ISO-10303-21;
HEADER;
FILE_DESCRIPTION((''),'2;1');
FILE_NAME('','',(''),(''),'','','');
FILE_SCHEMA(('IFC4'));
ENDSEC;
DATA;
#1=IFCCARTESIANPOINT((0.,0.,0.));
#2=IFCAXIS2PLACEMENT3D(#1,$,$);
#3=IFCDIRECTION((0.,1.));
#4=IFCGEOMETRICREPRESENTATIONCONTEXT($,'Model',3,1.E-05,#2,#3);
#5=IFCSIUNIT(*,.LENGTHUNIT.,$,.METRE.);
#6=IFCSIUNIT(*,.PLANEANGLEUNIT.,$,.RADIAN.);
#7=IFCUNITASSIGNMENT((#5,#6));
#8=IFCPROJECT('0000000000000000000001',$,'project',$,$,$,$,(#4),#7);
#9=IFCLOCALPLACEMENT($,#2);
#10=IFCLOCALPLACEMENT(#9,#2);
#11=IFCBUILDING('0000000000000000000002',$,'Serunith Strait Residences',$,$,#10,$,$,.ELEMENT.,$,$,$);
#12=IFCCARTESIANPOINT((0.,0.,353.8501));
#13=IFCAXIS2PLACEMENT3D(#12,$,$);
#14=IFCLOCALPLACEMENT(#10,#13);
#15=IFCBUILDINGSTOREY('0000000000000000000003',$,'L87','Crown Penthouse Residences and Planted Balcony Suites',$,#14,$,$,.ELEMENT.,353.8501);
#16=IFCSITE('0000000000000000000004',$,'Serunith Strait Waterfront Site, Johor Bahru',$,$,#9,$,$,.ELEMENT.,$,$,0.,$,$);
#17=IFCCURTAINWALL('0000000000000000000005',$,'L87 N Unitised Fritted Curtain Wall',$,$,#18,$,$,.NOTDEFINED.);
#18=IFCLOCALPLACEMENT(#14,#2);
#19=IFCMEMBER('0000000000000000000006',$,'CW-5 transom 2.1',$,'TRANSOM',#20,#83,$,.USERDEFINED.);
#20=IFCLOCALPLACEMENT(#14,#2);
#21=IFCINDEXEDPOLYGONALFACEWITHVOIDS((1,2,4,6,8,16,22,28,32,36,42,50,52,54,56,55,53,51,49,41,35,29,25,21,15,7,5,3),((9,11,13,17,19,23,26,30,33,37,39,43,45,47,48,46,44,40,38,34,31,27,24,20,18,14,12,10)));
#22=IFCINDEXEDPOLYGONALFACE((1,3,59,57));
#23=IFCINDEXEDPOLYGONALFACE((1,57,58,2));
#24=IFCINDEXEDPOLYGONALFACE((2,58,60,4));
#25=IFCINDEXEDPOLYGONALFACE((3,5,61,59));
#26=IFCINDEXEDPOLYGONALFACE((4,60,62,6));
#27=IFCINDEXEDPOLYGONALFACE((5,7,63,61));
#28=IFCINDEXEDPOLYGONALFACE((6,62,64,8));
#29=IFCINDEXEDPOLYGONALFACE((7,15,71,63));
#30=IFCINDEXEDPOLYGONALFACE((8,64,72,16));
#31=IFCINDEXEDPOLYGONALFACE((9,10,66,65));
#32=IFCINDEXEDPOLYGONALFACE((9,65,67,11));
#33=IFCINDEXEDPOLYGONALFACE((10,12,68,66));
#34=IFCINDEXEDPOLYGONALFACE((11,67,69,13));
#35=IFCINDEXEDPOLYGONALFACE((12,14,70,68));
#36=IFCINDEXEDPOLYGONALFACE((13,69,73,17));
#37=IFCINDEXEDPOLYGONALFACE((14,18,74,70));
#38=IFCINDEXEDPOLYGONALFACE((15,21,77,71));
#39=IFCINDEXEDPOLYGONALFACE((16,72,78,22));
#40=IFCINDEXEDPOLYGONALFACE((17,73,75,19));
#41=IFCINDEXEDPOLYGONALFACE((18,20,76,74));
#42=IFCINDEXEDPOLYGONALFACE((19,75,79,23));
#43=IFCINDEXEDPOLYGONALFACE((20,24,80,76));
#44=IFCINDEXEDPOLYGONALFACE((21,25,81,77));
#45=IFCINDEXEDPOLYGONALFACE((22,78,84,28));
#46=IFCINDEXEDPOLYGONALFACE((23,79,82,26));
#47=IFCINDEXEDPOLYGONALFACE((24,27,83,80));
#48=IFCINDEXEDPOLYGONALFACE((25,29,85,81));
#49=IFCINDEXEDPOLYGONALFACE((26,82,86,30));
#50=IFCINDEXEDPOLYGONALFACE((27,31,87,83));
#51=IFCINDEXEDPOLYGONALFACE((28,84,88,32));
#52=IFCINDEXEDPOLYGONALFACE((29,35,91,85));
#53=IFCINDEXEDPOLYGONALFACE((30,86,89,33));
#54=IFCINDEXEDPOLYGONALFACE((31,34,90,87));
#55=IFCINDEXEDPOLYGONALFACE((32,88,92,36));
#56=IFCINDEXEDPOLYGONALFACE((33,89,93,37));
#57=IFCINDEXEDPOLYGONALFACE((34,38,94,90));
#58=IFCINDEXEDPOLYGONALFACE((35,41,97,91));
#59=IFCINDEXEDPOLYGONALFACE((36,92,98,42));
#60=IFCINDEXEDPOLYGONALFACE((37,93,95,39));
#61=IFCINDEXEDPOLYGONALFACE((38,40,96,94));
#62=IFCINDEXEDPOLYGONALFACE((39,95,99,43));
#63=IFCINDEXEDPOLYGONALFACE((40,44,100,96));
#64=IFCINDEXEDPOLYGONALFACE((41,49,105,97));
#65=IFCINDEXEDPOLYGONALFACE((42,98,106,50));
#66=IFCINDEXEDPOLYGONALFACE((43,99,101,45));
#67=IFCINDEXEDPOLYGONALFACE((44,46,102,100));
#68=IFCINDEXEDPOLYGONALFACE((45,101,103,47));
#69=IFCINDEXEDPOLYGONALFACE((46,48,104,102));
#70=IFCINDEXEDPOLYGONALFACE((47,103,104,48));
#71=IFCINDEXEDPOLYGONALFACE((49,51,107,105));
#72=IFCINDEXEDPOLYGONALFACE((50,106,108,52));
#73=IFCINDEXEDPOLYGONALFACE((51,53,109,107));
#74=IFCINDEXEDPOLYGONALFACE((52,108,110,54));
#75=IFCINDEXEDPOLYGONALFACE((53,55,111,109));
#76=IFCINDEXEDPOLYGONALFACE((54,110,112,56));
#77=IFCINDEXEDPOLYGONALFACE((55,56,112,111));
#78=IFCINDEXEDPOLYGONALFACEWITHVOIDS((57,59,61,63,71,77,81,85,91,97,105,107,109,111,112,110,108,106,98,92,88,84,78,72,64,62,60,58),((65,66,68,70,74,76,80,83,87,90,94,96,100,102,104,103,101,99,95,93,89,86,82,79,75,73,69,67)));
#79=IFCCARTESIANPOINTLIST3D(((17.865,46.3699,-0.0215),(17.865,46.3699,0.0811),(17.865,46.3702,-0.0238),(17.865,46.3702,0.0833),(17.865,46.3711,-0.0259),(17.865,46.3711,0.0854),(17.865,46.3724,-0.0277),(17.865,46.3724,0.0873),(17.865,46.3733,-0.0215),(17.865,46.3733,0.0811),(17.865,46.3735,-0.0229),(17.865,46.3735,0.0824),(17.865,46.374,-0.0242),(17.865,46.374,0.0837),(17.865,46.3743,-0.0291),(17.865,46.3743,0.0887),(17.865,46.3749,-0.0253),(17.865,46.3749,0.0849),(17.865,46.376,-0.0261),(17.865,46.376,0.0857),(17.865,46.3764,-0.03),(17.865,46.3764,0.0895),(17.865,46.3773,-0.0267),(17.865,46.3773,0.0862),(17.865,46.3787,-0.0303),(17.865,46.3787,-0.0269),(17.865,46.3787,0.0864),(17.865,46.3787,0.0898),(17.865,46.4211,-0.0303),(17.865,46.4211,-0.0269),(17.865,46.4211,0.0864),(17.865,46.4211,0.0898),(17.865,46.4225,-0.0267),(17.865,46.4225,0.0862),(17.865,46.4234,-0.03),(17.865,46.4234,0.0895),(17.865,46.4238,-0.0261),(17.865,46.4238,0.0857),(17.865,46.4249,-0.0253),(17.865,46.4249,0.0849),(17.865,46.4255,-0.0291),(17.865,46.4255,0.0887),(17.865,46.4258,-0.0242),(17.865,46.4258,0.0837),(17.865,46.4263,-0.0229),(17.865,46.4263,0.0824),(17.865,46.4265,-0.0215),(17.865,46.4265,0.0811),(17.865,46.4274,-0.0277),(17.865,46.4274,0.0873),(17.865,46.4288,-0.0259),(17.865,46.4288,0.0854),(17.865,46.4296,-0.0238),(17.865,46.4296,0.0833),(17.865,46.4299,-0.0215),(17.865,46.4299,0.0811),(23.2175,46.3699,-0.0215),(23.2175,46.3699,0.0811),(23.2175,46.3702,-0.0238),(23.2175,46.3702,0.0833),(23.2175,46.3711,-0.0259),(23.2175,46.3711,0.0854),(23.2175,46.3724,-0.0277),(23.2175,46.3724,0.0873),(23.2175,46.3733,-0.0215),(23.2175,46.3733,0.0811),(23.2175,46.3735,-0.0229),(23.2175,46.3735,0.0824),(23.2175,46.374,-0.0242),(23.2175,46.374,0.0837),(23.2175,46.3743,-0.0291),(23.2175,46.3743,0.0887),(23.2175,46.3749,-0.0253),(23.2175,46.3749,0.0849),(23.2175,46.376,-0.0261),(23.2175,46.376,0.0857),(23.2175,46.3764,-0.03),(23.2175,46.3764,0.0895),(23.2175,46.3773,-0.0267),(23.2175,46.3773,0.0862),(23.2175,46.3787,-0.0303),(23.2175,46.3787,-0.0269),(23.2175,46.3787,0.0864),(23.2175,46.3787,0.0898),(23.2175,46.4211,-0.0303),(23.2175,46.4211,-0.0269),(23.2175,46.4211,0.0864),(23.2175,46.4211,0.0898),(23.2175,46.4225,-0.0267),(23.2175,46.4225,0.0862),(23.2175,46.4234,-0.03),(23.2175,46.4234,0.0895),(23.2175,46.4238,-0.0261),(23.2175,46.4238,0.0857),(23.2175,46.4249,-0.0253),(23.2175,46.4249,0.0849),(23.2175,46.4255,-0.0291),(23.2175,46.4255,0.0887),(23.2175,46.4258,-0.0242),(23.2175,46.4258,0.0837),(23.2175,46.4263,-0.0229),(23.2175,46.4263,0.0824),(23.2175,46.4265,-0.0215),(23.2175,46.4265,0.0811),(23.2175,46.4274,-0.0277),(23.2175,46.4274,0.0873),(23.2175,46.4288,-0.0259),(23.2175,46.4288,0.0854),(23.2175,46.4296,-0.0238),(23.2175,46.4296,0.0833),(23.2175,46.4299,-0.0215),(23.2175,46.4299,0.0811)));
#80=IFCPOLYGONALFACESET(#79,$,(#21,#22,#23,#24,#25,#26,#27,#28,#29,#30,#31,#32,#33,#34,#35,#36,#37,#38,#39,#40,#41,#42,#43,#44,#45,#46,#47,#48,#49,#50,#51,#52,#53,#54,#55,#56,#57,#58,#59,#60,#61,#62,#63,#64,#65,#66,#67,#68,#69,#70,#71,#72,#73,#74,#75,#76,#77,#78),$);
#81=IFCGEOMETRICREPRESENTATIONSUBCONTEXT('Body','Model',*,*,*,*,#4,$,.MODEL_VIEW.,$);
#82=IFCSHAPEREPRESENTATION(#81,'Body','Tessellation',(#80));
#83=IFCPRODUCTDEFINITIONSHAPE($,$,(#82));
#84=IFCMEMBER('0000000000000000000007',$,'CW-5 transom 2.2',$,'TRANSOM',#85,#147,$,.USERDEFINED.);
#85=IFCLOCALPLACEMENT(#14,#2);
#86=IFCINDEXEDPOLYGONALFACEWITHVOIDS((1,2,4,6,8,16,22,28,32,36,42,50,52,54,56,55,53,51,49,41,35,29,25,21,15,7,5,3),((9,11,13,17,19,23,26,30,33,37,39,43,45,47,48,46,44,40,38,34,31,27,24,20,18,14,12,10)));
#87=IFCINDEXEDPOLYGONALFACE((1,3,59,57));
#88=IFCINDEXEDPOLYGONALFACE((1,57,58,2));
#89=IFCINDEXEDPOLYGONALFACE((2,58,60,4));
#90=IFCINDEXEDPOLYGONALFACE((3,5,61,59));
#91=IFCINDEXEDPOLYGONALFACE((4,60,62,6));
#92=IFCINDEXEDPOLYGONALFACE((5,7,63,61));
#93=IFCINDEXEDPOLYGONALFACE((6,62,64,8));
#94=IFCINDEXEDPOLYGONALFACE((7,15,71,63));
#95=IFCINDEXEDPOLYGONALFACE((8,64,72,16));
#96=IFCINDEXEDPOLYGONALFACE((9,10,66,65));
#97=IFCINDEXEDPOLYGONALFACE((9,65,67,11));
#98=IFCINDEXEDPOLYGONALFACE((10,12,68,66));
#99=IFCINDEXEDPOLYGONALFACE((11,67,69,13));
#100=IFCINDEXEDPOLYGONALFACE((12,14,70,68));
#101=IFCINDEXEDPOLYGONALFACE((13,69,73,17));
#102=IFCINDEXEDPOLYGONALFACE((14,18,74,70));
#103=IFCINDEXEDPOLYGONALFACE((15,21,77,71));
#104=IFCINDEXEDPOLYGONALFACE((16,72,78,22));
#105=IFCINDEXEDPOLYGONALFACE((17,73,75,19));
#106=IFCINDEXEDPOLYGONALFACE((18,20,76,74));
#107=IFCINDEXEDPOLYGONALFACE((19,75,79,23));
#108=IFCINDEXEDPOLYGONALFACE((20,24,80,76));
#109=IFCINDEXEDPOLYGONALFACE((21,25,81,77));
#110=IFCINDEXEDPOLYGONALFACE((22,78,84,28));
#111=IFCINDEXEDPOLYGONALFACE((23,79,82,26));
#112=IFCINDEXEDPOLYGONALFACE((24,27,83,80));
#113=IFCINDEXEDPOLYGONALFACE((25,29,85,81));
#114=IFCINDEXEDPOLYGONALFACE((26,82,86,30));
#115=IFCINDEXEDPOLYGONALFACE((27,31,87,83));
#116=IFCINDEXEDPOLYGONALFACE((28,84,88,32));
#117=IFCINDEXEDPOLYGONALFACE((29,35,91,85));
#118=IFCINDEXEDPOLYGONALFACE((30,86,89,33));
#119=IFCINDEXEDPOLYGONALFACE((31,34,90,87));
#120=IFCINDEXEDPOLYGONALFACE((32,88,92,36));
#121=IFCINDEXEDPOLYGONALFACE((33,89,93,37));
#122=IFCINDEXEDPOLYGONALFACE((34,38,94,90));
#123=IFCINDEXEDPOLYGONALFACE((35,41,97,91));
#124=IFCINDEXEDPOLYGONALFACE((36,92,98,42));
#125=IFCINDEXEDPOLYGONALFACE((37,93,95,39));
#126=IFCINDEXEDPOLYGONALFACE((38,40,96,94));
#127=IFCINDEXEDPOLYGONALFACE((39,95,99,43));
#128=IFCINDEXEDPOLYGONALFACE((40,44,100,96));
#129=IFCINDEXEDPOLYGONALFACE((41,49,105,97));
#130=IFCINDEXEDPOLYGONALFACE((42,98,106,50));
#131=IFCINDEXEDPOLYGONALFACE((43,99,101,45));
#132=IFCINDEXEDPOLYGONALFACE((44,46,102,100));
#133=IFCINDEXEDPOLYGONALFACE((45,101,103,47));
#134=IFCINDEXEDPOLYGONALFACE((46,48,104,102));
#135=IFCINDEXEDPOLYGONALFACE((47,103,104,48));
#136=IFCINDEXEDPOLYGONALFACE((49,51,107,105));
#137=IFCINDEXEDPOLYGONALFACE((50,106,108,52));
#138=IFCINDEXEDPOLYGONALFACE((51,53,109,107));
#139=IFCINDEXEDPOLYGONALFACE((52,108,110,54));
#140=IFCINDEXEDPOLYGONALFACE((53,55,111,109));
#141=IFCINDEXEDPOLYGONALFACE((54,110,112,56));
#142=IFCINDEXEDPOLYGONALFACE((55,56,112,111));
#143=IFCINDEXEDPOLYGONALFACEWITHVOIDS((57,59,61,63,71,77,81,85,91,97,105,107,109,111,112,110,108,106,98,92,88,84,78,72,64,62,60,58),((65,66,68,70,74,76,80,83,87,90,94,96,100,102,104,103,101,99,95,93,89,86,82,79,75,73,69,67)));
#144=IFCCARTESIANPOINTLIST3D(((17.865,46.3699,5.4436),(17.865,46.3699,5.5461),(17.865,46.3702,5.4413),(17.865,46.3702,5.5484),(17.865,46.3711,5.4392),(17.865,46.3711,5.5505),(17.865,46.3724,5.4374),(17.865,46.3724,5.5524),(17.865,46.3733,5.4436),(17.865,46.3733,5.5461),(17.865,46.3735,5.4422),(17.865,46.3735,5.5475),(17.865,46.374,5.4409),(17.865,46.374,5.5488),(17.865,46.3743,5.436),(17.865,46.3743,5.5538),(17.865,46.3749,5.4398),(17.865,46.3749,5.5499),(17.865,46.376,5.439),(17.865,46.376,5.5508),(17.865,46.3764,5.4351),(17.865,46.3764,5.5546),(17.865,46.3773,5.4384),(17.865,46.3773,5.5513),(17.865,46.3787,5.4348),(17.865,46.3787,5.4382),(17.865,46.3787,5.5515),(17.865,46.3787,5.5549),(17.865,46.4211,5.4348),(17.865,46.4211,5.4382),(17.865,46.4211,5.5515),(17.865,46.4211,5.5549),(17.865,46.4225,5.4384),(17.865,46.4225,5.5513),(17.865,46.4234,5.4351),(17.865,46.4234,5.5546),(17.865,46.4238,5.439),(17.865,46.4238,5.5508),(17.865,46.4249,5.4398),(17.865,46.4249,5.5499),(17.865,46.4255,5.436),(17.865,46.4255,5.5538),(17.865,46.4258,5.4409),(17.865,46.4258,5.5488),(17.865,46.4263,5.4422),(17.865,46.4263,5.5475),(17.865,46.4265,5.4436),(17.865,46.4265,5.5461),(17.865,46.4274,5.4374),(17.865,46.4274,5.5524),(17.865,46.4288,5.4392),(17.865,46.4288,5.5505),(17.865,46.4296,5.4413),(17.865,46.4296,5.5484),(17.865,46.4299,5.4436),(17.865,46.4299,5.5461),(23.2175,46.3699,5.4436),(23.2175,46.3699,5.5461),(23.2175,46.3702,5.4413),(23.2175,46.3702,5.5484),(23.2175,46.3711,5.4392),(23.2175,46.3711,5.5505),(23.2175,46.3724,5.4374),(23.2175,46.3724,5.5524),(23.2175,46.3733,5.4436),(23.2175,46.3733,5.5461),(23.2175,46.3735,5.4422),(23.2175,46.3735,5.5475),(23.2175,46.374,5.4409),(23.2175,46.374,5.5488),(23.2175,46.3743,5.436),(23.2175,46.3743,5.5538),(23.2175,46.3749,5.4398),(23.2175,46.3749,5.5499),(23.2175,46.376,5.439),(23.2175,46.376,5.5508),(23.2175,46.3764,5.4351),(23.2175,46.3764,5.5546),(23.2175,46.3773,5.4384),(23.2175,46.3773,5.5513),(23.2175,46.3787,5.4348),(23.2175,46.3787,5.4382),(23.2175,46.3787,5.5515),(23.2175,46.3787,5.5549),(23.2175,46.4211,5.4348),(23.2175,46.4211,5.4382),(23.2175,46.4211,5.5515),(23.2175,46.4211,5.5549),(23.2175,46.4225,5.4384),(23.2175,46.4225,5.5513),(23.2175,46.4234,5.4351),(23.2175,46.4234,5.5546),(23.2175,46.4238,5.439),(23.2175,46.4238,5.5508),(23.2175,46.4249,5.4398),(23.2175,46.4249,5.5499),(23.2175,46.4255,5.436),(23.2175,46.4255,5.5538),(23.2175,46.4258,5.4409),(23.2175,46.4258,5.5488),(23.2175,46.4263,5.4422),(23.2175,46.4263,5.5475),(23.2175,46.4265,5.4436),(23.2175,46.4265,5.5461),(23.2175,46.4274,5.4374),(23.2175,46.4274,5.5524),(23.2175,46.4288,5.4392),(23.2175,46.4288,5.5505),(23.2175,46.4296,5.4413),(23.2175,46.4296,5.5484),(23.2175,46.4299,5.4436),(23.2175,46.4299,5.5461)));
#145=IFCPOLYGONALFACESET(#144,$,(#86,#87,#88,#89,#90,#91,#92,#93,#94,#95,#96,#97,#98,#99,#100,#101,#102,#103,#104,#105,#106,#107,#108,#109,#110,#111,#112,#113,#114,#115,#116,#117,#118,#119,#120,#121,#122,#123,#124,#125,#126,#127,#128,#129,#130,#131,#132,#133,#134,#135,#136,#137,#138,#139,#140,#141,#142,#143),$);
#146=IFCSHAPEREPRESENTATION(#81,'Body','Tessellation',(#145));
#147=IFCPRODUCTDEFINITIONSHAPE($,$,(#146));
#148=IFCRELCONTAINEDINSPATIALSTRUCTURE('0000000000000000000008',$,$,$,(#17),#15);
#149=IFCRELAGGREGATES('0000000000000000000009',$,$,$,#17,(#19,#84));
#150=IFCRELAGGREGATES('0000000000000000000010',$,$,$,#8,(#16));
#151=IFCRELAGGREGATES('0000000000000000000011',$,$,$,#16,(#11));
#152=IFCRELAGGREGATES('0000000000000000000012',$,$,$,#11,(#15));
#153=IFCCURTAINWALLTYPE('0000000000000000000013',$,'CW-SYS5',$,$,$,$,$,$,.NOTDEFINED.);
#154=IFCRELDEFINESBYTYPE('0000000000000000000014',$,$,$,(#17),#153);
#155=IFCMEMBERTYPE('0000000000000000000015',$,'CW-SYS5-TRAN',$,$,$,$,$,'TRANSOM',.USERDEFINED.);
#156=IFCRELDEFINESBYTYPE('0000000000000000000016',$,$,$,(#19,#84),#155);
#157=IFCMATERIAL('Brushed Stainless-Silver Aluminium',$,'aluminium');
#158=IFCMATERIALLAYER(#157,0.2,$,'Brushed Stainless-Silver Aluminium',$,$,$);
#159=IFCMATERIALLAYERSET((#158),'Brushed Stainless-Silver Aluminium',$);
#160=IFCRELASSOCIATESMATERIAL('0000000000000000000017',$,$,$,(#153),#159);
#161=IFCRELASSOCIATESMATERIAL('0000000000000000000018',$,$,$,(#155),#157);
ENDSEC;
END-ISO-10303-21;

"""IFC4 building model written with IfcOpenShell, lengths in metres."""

from ifc_helpers import new_model, si_unit, direction, frame, origin, origin_2d, place, context, subcontext, project, spatial, hollow_rectangle, extrude, source, transform, mapped, material, layer, layer_set, material_profile, profile_set, type_object, element, aggregate, save


model = new_model("IFC4")

# Units and contexts
model_context = context("Model", 3, precision=1e-05, world=origin(), true_north=direction((0.0, 1.0)))
body_context = subcontext(model_context, "Body", "Model", "MODEL_VIEW")
ifc_project = project(units=[si_unit("LENGTHUNIT", "METRE"), si_unit("PLANEANGLEUNIT", "RADIAN")], contexts=[model_context])

# Site, building, storey
site_placement = place(None, origin())
site = spatial("IfcSite", under=ifc_project, at=site_placement, Name="Serunith Strait Waterfront Site, Johor Bahru", CompositionType="ELEMENT", RefElevation=0.0)
building_placement = place(site_placement, origin())
building = spatial("IfcBuilding", under=site, at=building_placement, Name="Serunith Strait Residences", CompositionType="ELEMENT")
storey_placement = place(building_placement, frame((0.0, 0.0, 353.8501)))
storey = spatial("IfcBuildingStorey", under=building, at=storey_placement, Name="L87", Description="Crown Penthouse Residences and Planted Balcony Suites", CompositionType="ELEMENT", Elevation=353.8501)

# Curtain wall, members
ifc_material_1 = material(Name="Brushed Stainless-Silver Aluminium", Category="aluminium")
ifc_layer_1 = layer(ifc_material_1, 0.2, Name="Brushed Stainless-Silver Aluminium")
ifc_layer_set_1 = layer_set([ifc_layer_1], Name="Brushed Stainless-Silver Aluminium")
curtain_wall_type = type_object("IfcCurtainWallType", Name="CW-SYS5", PredefinedType="NOTDEFINED", material=ifc_layer_set_1)
curtain_wall_placement = place(storey_placement, origin())
curtain_wall = element("IfcCurtainWall", 1, at=curtain_wall_placement, inside=storey, type_object=curtain_wall_type, Name="L87 N Unitised Fritted Curtain Wall", PredefinedType="NOTDEFINED")
ifc_material_profile_1 = material_profile(ifc_material_1, hollow_rectangle(XDim=0.0601, YDim=0.1201, WallThickness=0.0034, InnerFilletRadius=0.0054, OuterFilletRadius=0.0088, at=origin_2d()), Name="ALU 120x60x3.5")
ifc_profile_set_1 = profile_set([ifc_material_profile_1], Name="Brushed Stainless-Silver Aluminium")
member_type_1 = type_object("IfcMemberType", Name="CW-SYS5-TRAN", ElementType="TRANSOM", PredefinedType="USERDEFINED", material=ifc_profile_set_1)
shared_shape_1 = source(origin(), body_context, "Body", "SweptSolid", [
    extrude(hollow_rectangle(XDim=0.0601, YDim=0.1201, WallThickness=0.0034, InnerFilletRadius=0.0054, OuterFilletRadius=0.0088, at=origin_2d()), origin(), (0.0, 0.0, 1.0), 5.3525),
])
member_1_placement = place(storey_placement, frame((23.2175, 46.3999, 0.0298), z_axis=(-1.0, 0.0, 0.0), x_axis=(0.0, -1.0, 0.0)))
member_1 = element("IfcMember", 2, at=member_1_placement, type_object=member_type_1, Name="CW-5 transom 2.1", ObjectType="TRANSOM", PredefinedType="USERDEFINED", context=body_context, shape_type="MappedRepresentation", body=[
    mapped(shared_shape_1, transform((0.0, 0.0, 0.0), scale=1.0)),
])
member_2_placement = place(storey_placement, frame((23.2175, 46.3999, 5.4949), z_axis=(-1.0, 0.0, 0.0), x_axis=(0.0, -1.0, 0.0)))
member_2 = element("IfcMember", 3, at=member_2_placement, type_object=member_type_1, Name="CW-5 transom 2.2", ObjectType="TRANSOM", PredefinedType="USERDEFINED", context=body_context, shape_type="MappedRepresentation", body=[
    mapped(shared_shape_1, transform((0.0, 0.0, 0.0), scale=1.0)),
])
aggregate(curtain_wall, [member_1, member_2])

save(model, "model.ifc")
